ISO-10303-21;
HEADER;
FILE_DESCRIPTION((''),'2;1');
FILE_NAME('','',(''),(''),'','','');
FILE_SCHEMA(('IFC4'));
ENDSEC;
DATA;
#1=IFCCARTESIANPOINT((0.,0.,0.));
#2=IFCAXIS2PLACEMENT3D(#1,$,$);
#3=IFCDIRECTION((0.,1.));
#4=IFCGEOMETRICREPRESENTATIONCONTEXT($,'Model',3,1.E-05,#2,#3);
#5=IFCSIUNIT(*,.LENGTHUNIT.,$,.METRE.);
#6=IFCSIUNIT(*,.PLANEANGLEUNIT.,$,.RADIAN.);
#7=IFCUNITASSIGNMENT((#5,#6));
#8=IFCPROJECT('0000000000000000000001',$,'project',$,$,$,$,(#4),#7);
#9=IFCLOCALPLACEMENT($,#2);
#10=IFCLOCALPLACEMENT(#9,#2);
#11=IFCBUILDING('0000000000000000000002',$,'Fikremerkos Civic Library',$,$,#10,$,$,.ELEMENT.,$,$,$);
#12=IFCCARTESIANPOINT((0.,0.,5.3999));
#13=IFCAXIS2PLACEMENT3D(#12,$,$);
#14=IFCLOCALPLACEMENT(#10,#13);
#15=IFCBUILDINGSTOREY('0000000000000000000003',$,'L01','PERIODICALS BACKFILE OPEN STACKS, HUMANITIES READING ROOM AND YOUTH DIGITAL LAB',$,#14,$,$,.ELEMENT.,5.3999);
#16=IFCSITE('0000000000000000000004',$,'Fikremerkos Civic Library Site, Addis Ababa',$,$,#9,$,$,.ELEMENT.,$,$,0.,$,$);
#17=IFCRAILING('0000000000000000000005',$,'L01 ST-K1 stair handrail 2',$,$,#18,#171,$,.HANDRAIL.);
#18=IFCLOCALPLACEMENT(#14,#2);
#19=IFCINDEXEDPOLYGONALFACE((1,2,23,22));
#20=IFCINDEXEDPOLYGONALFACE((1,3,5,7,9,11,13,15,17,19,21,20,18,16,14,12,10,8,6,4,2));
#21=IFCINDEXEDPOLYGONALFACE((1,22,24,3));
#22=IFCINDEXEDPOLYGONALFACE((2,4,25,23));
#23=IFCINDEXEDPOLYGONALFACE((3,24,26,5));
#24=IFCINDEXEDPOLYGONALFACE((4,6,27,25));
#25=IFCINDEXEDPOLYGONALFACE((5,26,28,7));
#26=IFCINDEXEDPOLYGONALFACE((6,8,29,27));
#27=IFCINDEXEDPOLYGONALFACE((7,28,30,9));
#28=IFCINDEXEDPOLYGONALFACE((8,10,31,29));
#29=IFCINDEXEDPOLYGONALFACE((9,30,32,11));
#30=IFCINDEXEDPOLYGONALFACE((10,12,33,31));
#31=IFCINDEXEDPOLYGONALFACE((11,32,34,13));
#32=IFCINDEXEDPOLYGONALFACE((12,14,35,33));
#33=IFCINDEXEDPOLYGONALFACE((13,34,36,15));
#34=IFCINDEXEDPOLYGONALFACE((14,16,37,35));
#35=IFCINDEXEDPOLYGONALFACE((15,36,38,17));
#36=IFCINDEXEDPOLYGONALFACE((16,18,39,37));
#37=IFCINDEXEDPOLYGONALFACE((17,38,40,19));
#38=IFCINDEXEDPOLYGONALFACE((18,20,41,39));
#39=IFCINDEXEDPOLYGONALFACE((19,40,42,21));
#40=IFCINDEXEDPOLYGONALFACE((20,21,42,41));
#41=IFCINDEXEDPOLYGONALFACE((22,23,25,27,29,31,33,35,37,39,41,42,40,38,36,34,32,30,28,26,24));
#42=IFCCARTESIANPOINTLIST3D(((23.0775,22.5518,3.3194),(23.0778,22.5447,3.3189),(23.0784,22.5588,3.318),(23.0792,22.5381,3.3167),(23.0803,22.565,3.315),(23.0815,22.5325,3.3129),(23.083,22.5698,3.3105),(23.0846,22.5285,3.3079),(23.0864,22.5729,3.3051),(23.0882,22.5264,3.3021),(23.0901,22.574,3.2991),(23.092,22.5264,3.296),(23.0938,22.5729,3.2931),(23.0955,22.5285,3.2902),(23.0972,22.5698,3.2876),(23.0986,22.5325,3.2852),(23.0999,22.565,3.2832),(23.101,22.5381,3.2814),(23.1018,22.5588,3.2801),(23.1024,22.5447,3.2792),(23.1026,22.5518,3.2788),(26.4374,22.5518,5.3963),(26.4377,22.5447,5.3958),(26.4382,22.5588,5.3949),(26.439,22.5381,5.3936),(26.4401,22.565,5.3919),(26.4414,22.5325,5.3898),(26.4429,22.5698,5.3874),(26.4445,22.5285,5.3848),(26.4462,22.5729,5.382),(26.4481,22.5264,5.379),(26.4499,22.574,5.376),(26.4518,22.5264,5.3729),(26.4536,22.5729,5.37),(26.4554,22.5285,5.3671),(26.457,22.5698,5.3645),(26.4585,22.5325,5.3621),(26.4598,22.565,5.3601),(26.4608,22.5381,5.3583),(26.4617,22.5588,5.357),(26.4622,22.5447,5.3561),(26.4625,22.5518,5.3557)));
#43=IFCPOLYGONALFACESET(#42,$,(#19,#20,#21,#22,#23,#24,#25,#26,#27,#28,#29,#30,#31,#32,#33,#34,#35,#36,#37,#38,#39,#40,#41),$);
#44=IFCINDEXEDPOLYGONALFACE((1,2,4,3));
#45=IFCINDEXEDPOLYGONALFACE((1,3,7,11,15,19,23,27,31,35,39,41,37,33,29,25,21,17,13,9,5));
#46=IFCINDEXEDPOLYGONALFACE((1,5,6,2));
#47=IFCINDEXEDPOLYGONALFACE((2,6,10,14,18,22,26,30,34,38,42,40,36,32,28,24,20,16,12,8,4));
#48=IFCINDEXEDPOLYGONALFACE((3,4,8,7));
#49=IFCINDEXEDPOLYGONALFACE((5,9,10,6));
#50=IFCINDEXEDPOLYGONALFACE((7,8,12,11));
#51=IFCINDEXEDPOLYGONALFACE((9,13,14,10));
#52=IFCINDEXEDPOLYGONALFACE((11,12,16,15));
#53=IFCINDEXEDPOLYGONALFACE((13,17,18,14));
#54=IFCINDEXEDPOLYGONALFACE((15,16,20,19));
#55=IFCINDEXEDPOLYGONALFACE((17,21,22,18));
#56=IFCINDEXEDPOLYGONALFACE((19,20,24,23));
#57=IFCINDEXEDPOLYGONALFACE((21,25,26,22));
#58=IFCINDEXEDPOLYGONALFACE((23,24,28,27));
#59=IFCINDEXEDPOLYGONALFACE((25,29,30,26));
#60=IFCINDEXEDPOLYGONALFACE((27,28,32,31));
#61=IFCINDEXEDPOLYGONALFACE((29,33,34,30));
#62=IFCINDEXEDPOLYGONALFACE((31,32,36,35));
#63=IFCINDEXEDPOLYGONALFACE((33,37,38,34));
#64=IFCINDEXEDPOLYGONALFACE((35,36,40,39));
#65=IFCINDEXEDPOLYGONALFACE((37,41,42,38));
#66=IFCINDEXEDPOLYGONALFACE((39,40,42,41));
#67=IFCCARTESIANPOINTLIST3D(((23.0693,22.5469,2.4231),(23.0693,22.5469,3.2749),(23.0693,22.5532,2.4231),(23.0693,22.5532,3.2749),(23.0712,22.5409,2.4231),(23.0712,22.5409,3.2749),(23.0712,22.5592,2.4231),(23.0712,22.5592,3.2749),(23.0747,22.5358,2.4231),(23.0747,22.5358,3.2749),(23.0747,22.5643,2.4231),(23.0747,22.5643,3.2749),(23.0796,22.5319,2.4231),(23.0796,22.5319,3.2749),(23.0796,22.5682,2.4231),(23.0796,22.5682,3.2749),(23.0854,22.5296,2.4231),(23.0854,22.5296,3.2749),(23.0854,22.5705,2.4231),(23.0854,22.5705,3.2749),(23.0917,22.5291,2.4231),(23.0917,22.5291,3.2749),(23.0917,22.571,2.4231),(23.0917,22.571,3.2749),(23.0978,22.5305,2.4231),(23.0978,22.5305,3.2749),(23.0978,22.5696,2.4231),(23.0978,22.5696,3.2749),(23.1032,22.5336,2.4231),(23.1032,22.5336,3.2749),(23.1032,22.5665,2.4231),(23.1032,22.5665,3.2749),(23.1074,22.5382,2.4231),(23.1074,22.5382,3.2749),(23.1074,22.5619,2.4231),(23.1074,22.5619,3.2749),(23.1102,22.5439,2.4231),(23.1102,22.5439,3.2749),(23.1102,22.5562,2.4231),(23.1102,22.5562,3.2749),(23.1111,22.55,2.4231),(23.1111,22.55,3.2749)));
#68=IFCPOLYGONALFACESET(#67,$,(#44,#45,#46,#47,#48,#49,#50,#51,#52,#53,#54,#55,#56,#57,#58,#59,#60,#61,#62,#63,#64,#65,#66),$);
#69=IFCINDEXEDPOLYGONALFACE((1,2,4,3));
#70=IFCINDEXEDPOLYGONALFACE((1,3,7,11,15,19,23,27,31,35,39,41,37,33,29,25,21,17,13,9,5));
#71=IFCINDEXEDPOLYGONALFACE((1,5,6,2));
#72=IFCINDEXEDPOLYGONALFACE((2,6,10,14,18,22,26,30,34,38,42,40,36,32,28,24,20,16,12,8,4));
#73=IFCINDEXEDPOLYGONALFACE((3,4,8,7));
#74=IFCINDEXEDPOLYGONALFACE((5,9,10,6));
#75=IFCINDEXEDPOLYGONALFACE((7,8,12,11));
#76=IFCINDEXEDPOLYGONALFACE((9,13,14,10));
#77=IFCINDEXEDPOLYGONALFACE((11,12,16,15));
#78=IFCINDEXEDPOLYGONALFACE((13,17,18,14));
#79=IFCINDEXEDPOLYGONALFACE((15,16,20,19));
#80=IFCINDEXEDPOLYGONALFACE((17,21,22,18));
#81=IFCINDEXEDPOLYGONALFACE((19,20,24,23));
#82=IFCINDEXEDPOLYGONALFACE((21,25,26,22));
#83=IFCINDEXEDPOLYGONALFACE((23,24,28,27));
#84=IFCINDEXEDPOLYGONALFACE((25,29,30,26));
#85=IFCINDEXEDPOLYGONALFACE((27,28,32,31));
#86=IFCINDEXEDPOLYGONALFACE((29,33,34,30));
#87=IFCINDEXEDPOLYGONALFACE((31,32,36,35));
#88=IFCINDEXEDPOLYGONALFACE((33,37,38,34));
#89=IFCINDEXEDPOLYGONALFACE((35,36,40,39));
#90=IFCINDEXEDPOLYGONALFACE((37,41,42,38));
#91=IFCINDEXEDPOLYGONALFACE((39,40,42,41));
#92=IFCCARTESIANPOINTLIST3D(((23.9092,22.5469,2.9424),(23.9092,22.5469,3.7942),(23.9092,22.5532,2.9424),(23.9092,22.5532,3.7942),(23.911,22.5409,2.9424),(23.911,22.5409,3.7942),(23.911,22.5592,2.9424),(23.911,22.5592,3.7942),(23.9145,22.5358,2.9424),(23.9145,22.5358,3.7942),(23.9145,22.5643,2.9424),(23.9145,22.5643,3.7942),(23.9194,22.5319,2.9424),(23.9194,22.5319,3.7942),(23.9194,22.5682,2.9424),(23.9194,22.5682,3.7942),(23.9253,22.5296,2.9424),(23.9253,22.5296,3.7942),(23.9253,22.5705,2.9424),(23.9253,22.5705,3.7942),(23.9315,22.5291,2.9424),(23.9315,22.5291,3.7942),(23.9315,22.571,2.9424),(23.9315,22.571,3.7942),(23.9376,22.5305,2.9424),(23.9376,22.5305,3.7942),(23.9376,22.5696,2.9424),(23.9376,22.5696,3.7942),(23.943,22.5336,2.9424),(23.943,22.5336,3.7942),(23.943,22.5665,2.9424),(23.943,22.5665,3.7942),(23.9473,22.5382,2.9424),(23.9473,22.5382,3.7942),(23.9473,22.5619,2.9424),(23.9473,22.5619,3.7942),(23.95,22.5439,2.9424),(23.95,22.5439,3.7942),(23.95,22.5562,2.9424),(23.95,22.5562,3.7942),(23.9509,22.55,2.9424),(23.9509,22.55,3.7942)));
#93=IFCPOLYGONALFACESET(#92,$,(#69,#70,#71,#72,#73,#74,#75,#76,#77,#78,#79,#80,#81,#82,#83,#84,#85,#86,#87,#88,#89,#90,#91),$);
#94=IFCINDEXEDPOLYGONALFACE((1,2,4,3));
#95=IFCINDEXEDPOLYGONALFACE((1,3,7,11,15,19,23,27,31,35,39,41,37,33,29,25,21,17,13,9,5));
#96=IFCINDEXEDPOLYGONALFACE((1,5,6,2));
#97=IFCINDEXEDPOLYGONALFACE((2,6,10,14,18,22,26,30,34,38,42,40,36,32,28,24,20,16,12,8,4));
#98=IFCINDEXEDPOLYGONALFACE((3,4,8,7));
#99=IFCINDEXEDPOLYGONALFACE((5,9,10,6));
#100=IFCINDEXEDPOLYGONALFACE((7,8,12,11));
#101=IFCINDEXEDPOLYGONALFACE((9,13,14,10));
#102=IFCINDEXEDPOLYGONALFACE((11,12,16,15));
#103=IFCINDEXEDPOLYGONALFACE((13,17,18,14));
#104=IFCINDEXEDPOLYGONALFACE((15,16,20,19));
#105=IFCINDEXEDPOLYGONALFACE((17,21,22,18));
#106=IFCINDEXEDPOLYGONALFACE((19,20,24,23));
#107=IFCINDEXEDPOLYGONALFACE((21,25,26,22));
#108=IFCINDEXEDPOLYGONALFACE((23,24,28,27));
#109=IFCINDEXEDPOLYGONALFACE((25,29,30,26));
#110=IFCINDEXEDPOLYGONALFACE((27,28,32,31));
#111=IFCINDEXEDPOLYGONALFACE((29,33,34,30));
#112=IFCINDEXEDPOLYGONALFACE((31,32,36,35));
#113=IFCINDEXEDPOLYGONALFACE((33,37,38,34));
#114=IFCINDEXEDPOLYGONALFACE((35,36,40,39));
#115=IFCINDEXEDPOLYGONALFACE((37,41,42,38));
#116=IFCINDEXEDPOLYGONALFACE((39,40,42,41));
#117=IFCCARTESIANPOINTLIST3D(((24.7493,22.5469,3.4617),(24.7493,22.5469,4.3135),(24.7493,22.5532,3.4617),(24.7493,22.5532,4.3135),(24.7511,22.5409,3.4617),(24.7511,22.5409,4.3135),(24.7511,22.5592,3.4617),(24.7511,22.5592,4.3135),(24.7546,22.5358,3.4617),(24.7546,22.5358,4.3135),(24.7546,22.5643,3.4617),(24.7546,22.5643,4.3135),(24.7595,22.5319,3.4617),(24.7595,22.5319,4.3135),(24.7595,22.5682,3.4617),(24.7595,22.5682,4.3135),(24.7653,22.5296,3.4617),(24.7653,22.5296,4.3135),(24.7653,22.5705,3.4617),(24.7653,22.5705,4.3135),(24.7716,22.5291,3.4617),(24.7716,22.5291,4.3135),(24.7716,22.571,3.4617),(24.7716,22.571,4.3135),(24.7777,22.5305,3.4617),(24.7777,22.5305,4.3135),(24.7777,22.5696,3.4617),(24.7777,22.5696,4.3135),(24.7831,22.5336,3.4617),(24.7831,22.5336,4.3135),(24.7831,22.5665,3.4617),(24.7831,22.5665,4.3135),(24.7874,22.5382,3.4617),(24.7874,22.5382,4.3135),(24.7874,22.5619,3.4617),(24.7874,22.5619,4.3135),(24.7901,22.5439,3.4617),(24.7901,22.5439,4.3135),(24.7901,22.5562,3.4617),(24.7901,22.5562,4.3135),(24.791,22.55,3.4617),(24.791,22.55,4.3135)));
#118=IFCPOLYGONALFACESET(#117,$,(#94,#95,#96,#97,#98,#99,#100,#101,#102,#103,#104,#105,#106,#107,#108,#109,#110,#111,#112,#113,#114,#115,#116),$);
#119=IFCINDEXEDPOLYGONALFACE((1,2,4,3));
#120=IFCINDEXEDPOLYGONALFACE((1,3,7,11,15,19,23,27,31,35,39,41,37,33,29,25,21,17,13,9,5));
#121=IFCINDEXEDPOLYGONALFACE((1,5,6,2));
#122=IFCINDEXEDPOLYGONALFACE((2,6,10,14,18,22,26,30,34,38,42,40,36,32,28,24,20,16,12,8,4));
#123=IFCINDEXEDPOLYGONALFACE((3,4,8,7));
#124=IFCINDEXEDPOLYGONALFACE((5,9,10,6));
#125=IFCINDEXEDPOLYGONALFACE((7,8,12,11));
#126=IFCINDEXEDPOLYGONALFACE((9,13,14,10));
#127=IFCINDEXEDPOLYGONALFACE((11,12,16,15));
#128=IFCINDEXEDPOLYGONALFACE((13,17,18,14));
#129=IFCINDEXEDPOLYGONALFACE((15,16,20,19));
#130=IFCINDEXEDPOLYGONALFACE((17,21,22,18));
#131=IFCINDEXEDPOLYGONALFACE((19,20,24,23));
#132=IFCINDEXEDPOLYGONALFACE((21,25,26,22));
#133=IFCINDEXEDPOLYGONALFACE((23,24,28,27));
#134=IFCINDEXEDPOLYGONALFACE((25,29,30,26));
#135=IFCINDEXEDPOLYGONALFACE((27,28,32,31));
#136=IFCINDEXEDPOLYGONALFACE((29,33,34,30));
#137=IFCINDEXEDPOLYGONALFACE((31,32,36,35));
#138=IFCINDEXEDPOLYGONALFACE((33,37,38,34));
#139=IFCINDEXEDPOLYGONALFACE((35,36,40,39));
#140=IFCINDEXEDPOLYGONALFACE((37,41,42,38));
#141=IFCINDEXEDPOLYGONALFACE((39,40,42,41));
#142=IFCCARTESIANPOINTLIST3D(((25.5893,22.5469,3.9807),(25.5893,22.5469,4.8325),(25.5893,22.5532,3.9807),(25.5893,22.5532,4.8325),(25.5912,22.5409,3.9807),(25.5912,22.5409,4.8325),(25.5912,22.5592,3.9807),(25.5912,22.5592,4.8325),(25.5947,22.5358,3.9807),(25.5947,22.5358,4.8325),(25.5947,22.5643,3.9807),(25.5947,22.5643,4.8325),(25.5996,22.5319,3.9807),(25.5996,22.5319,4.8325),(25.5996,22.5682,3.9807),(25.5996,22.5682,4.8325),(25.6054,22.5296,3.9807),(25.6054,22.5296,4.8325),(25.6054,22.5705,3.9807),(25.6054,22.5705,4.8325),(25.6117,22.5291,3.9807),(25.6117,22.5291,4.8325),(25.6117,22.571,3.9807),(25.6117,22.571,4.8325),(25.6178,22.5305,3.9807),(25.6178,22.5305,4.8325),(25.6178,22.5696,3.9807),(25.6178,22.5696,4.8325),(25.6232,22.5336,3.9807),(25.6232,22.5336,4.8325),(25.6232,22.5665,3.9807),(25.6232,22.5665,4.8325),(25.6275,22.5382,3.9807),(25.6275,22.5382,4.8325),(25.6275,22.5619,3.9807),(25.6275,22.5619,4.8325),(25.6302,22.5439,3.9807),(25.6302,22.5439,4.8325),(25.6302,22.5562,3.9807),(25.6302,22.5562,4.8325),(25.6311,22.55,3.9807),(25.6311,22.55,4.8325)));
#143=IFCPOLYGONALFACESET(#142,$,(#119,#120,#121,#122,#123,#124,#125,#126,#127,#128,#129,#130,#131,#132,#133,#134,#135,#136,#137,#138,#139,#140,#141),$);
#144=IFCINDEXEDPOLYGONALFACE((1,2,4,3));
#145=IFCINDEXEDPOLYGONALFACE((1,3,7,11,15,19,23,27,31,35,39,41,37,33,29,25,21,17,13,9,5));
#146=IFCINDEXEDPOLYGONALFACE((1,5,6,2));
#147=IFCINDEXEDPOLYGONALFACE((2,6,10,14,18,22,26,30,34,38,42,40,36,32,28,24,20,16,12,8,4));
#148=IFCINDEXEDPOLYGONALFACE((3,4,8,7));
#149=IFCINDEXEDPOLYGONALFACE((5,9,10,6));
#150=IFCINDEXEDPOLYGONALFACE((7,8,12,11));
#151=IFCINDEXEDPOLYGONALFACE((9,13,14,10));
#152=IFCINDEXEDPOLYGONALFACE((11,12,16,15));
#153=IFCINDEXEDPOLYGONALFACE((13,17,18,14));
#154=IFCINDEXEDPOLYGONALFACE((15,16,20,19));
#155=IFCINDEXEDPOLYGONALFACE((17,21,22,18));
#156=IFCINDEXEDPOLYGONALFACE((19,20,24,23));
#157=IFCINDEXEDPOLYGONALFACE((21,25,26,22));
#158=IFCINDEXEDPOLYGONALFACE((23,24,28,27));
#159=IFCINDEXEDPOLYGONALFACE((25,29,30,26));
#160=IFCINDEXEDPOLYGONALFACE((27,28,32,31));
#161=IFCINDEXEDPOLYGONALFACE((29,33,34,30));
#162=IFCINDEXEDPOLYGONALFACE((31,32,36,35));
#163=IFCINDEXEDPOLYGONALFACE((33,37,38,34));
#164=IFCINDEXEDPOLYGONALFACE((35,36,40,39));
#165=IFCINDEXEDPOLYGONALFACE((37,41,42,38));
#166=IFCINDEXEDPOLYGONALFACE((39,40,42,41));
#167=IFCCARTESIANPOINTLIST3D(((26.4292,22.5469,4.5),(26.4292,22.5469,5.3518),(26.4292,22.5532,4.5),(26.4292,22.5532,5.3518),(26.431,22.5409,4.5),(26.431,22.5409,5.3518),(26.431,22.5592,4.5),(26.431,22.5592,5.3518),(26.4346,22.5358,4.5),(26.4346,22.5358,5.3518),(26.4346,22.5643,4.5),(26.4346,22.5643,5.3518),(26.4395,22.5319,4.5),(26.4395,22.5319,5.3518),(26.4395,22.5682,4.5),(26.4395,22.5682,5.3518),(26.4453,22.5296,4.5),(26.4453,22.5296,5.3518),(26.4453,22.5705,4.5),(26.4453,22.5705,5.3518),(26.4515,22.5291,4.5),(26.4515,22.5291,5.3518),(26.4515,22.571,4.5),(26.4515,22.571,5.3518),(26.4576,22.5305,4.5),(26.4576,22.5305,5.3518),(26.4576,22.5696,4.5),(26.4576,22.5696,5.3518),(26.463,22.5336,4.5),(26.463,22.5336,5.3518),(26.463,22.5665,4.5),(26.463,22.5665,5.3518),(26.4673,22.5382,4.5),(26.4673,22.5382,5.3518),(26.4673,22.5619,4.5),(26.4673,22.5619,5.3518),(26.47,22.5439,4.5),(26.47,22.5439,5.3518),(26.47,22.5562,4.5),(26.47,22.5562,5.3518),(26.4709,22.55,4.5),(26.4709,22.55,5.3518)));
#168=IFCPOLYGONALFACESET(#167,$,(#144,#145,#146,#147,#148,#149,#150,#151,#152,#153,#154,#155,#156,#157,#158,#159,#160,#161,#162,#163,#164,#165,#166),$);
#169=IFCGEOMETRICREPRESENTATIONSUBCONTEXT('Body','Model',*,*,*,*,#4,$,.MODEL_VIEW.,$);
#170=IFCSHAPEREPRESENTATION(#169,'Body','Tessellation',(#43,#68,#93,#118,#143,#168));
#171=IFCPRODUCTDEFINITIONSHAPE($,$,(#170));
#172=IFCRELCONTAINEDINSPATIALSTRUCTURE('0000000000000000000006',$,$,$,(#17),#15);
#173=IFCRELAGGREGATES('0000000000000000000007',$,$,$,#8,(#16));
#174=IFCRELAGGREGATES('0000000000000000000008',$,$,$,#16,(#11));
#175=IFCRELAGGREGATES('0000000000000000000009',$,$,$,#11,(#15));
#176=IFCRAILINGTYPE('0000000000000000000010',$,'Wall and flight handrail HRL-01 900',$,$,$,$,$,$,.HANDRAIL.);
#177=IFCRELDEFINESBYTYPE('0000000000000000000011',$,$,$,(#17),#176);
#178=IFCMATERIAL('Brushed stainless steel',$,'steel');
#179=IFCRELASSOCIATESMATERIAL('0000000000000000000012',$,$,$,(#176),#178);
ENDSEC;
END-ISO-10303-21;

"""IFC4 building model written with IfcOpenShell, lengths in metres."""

from ifc_helpers import new_model, si_unit, direction, frame, origin, origin_2d, place, context, subcontext, project, spatial, circle, extrude, material, type_object, element, save


model = new_model("IFC4")

# Units and contexts
model_context = context("Model", 3, precision=1e-05, world=origin(), true_north=direction((0.0, 1.0)))
body_context = subcontext(model_context, "Body", "Model", "MODEL_VIEW")
ifc_project = project(units=[si_unit("LENGTHUNIT", "METRE"), si_unit("PLANEANGLEUNIT", "RADIAN")], contexts=[model_context])

# Site, building, storey
site_placement = place(None, origin())
site = spatial("IfcSite", under=ifc_project, at=site_placement, Name="Fikremerkos Civic Library Site, Addis Ababa", CompositionType="ELEMENT", RefElevation=0.0)
building_placement = place(site_placement, origin())
building = spatial("IfcBuilding", under=site, at=building_placement, Name="Fikremerkos Civic Library", CompositionType="ELEMENT")
storey_placement = place(building_placement, frame((0.0, 0.0, 5.3999)))
storey = spatial("IfcBuildingStorey", under=building, at=storey_placement, Name="L01", Description="PERIODICALS BACKFILE OPEN STACKS, HUMANITIES READING ROOM AND YOUTH DIGITAL LAB", CompositionType="ELEMENT", Elevation=5.3999)

# Shared definitions
ifc_material_1 = material(Name="Brushed stainless steel", Category="steel")

# Railing
railing_type_1 = type_object("IfcRailingType", Name="Wall and flight handrail HRL-01 900", PredefinedType="HANDRAIL", material=ifc_material_1)
railing_1_placement = place(storey_placement, frame((23.0901, 22.55, 2.4231)))
element("IfcRailing", 1, at=railing_1_placement, inside=storey, type_object=railing_type_1, Name="L01 ST-K1 stair handrail 2", PredefinedType="HANDRAIL", context=body_context, shape_type="SweptSolid", body=[
    extrude(circle(Radius=0.0239, at=origin_2d()), frame((0.0, 0.0, 0.876), z_axis=(0.850606, 0.0, 0.525803), x_axis=(0.0, 1.0, 0.0)), (0.0, 0.0, 1.0), 3.95),
    extrude(circle(Radius=0.021, at=origin_2d()), origin(), (0.0, 0.0, 1.0), 0.8518),
    extrude(circle(Radius=0.021, at=origin_2d()), frame((0.8398, 0.0, 0.5193)), (0.0, 0.0, 1.0), 0.8518),
    extrude(circle(Radius=0.021, at=origin_2d()), frame((1.6799, 0.0, 1.0386)), (0.0, 0.0, 1.0), 0.8518),
    extrude(circle(Radius=0.021, at=origin_2d()), frame((2.52, 0.0, 1.5576)), (0.0, 0.0, 1.0), 0.8518),
    extrude(circle(Radius=0.021, at=origin_2d()), frame((3.3599, 0.0, 2.0769)), (0.0, 0.0, 1.0), 0.8518),
])

save(model, "model.ifc")
